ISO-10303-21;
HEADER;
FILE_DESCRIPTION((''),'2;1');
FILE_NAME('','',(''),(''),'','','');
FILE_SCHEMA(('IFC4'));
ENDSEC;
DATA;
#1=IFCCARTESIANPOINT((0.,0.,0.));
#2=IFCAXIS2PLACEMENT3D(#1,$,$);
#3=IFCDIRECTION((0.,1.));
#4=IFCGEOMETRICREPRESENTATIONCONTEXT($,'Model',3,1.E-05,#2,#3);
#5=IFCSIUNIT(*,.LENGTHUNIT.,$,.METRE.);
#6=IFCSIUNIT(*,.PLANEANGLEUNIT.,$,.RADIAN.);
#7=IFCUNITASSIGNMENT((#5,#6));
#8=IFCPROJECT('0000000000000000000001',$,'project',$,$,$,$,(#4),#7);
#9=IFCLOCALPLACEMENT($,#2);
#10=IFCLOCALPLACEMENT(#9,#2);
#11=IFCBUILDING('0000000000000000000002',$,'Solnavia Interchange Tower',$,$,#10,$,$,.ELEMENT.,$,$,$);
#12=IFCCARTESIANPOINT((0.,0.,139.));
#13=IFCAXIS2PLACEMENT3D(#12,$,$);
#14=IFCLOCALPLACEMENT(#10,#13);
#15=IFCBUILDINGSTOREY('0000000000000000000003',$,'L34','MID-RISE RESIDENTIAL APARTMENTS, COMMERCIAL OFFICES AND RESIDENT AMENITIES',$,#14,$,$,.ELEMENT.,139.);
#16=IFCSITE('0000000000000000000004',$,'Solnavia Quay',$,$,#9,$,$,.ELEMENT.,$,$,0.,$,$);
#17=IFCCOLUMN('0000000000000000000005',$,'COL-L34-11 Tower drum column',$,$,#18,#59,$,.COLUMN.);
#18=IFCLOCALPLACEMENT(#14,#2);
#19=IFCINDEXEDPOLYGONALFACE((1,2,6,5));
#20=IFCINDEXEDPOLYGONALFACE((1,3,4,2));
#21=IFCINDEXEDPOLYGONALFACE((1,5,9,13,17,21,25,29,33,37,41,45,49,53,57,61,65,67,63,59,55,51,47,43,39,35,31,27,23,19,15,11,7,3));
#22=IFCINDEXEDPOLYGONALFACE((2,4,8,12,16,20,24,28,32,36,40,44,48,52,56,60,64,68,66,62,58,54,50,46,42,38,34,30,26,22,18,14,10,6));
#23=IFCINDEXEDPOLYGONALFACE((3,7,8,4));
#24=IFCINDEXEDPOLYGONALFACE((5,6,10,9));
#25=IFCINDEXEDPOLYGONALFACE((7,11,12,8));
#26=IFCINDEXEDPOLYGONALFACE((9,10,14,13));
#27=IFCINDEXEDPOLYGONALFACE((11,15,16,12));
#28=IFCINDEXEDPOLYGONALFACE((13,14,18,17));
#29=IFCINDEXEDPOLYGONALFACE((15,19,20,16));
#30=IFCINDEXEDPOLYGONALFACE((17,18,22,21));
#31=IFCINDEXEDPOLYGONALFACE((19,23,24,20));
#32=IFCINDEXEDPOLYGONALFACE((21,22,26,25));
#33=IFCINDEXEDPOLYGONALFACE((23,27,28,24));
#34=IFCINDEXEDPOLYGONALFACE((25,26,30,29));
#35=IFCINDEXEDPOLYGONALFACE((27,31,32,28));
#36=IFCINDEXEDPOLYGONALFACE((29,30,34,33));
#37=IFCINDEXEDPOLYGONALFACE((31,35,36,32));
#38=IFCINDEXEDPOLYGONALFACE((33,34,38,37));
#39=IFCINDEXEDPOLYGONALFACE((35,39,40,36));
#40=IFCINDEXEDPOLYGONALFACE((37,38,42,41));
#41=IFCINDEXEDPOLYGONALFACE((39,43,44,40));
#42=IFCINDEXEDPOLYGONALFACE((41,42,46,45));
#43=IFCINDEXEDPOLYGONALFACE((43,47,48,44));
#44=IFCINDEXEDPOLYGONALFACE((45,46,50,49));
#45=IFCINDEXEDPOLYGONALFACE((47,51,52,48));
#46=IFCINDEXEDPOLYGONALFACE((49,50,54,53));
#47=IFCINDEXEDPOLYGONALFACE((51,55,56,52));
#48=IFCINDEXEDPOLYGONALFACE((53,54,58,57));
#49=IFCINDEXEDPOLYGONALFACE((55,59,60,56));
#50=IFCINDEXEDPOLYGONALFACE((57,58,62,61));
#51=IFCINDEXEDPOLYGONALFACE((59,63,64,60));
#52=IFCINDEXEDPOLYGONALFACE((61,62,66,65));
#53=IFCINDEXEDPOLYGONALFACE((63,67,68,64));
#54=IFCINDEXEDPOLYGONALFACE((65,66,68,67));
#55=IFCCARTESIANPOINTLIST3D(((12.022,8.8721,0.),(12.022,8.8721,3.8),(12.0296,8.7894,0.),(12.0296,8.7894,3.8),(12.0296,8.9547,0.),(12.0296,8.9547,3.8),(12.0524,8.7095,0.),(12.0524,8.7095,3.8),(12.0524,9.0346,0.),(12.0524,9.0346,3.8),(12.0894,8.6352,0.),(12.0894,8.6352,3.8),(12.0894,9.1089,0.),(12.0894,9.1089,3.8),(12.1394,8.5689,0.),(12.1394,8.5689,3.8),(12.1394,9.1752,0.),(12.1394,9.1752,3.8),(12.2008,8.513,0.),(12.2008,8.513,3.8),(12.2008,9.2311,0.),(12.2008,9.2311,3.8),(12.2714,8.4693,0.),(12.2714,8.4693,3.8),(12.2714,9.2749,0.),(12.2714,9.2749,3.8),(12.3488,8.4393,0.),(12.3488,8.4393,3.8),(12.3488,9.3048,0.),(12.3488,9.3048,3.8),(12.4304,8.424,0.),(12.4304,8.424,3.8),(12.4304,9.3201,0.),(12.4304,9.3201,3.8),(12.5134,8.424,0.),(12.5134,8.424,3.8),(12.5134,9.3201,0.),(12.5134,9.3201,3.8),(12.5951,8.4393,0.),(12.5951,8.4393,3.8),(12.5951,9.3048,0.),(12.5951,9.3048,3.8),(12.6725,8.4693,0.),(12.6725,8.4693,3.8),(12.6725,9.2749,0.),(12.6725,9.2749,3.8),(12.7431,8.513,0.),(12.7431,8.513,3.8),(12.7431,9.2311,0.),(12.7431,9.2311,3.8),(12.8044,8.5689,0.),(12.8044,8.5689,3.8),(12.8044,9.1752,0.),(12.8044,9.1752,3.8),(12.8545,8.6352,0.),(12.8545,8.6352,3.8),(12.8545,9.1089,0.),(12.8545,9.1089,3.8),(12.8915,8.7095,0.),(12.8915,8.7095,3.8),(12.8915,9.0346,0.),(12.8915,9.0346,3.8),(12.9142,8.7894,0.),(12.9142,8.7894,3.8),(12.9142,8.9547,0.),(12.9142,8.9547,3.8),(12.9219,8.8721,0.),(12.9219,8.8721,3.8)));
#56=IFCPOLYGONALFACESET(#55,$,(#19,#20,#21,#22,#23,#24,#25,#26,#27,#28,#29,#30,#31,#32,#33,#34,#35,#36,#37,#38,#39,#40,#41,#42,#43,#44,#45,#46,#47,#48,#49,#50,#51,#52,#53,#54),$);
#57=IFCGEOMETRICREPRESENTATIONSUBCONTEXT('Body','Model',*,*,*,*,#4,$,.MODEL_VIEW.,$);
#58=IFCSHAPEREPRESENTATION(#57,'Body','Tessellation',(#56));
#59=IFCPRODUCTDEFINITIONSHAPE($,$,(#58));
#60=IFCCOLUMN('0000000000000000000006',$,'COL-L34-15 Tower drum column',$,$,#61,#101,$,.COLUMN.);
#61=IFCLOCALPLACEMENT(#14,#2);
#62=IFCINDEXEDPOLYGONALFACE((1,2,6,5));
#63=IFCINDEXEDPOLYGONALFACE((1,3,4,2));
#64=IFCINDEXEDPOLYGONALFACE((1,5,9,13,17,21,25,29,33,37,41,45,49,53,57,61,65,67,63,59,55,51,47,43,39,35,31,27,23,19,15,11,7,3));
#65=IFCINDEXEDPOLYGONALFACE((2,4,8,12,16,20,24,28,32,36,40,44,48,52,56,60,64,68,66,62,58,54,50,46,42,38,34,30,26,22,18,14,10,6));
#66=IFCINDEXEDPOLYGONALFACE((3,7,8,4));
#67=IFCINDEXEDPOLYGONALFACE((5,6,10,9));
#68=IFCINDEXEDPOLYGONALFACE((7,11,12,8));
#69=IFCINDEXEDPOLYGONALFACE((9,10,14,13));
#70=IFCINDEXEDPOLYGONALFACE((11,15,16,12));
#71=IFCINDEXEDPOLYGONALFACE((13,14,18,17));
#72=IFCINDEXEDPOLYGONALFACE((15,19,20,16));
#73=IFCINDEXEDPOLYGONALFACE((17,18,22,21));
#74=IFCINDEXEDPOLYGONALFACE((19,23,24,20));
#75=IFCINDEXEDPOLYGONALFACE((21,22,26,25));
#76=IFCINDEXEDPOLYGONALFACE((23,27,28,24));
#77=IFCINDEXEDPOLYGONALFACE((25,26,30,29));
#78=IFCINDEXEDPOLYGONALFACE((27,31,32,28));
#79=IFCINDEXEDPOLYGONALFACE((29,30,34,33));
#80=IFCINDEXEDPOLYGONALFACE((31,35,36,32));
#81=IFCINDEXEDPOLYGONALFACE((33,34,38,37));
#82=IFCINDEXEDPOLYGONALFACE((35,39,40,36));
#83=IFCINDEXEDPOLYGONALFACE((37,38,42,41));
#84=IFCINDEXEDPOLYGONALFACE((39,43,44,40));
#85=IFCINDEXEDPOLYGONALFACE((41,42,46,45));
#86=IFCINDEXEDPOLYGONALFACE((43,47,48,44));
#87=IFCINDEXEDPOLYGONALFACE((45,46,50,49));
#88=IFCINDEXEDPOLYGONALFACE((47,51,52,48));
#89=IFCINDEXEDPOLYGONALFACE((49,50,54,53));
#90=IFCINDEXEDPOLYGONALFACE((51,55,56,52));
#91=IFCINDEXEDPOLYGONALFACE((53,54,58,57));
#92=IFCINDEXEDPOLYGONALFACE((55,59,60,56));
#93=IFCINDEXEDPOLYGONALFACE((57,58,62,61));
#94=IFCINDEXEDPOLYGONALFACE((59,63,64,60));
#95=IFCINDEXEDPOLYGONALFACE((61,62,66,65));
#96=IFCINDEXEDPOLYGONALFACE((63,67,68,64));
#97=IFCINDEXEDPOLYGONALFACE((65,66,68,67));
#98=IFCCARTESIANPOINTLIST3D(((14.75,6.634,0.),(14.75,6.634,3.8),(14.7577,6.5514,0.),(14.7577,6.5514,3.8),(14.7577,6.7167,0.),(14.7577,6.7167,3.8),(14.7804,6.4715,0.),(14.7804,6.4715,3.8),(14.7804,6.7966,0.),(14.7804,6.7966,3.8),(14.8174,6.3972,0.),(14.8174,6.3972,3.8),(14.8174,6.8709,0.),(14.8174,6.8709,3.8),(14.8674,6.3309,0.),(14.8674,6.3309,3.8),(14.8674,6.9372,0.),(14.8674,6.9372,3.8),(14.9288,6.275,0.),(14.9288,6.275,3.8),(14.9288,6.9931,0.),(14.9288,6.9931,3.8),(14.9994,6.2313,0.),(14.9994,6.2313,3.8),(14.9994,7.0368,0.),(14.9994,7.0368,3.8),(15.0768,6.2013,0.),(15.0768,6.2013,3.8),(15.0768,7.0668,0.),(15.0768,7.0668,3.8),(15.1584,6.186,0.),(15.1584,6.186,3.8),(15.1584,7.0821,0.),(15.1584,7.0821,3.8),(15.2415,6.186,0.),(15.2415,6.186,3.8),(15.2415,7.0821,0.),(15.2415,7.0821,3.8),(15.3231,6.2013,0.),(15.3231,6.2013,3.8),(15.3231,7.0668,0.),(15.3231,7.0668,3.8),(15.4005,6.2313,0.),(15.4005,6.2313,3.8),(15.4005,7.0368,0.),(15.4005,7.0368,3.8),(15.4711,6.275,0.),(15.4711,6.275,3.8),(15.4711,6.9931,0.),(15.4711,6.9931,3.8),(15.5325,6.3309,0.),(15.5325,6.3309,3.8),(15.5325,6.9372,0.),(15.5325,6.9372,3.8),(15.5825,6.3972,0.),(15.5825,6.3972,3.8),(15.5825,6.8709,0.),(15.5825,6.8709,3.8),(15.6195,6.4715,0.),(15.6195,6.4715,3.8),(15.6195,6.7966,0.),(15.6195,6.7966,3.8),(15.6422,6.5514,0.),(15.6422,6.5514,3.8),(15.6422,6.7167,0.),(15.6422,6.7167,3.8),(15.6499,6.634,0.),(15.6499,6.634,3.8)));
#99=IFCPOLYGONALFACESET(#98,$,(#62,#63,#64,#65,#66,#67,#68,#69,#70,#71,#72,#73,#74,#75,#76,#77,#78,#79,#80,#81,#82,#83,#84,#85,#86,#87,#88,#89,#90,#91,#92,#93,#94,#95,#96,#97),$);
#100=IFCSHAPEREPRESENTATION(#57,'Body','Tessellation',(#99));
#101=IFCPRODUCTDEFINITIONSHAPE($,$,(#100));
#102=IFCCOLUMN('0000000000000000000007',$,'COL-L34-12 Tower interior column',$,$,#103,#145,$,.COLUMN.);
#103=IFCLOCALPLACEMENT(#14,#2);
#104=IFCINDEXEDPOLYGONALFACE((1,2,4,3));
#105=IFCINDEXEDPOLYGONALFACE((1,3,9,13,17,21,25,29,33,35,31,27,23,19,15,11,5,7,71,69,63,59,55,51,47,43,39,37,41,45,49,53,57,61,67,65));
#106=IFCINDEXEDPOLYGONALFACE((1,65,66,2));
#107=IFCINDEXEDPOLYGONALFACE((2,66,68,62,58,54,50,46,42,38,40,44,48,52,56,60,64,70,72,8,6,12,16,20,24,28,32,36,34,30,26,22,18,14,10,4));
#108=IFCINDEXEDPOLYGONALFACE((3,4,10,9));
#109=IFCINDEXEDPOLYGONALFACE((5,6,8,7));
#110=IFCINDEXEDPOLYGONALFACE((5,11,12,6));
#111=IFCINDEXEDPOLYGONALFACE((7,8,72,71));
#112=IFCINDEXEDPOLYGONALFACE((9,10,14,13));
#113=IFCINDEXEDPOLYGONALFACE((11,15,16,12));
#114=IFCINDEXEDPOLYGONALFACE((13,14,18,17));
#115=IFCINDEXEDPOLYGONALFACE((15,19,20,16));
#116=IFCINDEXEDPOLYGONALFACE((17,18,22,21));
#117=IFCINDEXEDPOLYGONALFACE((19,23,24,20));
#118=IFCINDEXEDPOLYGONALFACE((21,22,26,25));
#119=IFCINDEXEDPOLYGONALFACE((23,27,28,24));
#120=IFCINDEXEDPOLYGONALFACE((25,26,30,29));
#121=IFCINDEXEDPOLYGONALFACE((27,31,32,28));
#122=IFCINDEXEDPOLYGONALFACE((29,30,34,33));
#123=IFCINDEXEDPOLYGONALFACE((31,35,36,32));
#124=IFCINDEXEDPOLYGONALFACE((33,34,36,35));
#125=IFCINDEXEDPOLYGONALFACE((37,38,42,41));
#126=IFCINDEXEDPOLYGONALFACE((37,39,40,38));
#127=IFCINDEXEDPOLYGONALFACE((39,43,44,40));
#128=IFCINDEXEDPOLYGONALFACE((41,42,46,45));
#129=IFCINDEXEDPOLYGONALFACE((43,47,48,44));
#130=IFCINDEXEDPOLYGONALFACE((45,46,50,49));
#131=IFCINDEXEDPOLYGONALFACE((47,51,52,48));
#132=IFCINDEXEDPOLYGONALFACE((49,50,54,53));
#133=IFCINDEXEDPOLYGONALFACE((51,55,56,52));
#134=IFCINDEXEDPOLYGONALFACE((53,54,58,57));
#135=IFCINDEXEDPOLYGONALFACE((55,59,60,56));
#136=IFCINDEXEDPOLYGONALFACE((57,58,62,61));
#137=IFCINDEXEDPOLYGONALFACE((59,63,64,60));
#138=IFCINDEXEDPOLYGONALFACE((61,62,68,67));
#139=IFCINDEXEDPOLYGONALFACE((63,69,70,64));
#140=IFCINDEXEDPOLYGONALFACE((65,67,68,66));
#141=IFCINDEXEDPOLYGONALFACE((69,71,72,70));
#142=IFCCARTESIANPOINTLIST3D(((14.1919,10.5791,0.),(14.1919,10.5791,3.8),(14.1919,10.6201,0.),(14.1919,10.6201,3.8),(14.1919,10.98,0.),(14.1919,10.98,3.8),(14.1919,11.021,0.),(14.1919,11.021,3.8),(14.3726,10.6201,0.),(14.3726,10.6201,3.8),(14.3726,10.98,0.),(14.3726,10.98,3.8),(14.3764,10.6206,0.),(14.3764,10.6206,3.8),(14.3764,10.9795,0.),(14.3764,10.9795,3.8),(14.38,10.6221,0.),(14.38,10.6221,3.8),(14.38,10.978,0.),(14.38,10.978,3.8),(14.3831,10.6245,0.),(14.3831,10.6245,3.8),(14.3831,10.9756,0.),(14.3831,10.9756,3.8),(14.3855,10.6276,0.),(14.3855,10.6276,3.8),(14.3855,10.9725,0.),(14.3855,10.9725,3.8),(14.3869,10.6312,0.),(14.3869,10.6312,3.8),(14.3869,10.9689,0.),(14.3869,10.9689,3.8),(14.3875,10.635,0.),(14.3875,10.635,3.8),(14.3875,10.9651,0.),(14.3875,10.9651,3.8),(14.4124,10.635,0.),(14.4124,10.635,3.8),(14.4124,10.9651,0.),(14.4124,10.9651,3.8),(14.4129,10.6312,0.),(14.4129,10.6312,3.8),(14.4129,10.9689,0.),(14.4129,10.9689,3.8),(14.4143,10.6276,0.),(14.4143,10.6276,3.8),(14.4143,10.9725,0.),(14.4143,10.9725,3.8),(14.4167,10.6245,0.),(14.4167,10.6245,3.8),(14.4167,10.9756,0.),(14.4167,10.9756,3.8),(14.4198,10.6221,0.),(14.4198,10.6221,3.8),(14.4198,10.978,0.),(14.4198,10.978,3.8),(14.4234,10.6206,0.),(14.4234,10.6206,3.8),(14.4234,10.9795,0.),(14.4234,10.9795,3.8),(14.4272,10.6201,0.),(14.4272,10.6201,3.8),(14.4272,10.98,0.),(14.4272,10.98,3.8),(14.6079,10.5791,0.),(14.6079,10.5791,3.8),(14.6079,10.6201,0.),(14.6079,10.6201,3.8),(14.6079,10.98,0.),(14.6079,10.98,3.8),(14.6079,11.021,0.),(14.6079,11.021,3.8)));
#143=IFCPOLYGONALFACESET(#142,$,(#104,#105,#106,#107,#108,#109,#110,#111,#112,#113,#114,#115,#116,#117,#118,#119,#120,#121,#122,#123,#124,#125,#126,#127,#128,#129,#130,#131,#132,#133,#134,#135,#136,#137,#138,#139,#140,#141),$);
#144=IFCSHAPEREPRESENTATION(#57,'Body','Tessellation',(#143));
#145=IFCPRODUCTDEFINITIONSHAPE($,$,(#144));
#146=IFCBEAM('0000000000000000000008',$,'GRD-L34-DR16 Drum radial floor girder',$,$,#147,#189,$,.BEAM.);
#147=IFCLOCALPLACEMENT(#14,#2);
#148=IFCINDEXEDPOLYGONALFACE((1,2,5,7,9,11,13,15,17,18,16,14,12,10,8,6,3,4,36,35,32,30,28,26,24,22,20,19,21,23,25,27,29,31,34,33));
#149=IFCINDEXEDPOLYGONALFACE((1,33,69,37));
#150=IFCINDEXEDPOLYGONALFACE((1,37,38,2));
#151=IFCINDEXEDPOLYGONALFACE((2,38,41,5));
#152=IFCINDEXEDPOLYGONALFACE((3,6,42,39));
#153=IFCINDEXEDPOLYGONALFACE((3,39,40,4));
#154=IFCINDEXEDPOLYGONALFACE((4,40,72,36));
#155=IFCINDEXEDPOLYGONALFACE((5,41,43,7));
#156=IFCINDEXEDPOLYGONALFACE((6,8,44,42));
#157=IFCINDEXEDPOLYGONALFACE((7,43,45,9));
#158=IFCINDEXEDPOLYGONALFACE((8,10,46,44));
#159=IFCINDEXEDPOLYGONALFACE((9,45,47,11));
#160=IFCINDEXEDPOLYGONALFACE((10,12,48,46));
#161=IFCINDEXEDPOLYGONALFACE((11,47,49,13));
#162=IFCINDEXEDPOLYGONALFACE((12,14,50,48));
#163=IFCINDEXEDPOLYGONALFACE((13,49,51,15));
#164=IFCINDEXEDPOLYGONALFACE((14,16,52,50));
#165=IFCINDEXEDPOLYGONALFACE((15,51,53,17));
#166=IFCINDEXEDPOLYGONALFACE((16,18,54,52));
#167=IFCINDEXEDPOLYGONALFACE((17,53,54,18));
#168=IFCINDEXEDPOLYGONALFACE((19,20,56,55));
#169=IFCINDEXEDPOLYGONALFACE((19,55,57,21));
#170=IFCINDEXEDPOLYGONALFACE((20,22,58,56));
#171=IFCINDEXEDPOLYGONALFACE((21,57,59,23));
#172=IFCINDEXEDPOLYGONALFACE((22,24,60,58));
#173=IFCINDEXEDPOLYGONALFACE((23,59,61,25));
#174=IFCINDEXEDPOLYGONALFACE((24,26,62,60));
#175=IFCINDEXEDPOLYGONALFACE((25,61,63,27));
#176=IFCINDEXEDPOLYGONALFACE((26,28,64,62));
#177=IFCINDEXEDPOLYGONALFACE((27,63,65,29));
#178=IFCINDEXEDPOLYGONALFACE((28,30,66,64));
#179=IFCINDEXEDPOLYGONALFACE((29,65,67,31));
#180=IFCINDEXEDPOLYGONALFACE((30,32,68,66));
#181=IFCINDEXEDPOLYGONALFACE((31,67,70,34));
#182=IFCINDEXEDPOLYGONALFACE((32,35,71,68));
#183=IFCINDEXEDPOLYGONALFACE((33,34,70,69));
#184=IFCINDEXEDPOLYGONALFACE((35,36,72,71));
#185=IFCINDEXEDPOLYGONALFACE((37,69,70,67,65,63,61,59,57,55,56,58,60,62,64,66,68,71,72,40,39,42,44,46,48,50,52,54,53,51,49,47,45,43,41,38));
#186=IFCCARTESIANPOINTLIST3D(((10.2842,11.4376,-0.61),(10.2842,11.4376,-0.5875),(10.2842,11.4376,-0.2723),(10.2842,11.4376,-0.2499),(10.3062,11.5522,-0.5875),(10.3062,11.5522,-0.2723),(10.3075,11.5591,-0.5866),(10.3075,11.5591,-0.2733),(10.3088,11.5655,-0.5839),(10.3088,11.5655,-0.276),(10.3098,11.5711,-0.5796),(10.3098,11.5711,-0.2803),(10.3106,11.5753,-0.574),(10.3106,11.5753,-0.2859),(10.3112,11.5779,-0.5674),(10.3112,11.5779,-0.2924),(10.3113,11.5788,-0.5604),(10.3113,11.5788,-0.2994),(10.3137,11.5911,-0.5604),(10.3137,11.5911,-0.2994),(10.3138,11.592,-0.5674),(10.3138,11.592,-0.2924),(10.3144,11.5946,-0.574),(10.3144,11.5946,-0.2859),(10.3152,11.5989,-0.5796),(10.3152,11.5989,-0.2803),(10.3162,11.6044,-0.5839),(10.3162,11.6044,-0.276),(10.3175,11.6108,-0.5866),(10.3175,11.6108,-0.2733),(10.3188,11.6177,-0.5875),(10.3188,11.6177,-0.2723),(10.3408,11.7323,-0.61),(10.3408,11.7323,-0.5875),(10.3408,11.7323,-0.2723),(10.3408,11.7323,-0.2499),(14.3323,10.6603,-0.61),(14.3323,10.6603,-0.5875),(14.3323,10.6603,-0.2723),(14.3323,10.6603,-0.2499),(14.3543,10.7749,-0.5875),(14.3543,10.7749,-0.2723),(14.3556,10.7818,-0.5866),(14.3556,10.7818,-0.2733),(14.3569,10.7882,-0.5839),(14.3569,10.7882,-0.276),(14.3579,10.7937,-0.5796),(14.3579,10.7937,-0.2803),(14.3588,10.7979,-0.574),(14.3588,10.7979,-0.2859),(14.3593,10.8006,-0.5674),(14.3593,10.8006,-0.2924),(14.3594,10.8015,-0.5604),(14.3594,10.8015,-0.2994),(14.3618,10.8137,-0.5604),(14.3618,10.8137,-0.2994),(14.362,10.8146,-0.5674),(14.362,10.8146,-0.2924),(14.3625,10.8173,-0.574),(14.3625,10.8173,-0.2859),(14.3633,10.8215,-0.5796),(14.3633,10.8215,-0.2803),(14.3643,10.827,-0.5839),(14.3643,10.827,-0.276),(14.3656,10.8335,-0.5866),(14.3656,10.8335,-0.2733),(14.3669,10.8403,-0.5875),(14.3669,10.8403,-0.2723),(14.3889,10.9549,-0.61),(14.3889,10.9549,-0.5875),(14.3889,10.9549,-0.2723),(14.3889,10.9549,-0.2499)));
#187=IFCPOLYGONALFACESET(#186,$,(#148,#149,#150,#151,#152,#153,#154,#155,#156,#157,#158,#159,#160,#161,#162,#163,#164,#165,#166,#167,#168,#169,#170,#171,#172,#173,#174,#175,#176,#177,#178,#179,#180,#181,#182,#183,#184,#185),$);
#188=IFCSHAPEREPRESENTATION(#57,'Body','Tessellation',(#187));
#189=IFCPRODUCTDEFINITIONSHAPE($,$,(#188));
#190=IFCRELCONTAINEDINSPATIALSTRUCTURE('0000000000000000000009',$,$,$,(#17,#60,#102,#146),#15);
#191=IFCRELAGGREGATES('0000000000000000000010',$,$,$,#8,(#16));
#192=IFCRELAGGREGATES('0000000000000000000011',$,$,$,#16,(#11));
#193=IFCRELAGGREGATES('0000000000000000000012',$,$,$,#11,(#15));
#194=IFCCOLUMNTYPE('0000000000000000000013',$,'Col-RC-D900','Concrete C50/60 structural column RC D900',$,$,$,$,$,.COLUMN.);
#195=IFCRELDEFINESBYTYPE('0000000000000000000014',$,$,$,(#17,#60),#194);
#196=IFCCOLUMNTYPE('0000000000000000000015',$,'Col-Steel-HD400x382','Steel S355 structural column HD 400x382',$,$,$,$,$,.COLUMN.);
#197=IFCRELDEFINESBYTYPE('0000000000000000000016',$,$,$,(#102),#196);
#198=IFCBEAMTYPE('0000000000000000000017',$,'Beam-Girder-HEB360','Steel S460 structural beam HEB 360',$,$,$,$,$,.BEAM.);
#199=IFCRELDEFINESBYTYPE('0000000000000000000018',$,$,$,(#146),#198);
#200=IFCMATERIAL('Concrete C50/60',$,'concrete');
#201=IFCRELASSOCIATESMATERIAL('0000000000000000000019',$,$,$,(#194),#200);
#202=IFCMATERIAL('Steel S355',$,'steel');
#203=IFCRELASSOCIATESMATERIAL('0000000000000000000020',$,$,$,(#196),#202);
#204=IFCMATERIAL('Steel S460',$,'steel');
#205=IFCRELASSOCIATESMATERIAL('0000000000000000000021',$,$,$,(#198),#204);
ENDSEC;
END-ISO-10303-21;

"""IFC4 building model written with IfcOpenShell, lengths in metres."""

from ifc_helpers import new_model, si_unit, direction, frame, origin, origin_2d, place, context, subcontext, project, spatial, circle, i_section, extrude, material, material_profile, profile_set, type_object, element, save


model = new_model("IFC4")

# Units and contexts
model_context = context("Model", 3, precision=1e-05, world=origin(), true_north=direction((0.0, 1.0)))
body_context = subcontext(model_context, "Body", "Model", "MODEL_VIEW")
ifc_project = project(units=[si_unit("LENGTHUNIT", "METRE"), si_unit("PLANEANGLEUNIT", "RADIAN")], contexts=[model_context])

# Site, building, storey
site_placement = place(None, origin())
site = spatial("IfcSite", under=ifc_project, at=site_placement, Name="Solnavia Quay", CompositionType="ELEMENT", RefElevation=0.0)
building_placement = place(site_placement, origin())
building = spatial("IfcBuilding", under=site, at=building_placement, Name="Solnavia Interchange Tower", CompositionType="ELEMENT")
storey_placement = place(building_placement, frame((0.0, 0.0, 139.0)))
storey = spatial("IfcBuildingStorey", under=building, at=storey_placement, Name="L34", Description="MID-RISE RESIDENTIAL APARTMENTS, COMMERCIAL OFFICES AND RESIDENT AMENITIES", CompositionType="ELEMENT", Elevation=139.0)

# Columns
ifc_material_1 = material(Name="Concrete C50/60", Category="concrete")
ifc_material_profile_1 = material_profile(ifc_material_1, circle(Radius=0.45, at=origin_2d()), Name="RC D900")
ifc_profile_set_1 = profile_set([ifc_material_profile_1], Name="Concrete C50/60")
column_type_1 = type_object("IfcColumnType", Name="Col-RC-D900", Description="Concrete C50/60 structural column RC D900", PredefinedType="COLUMN", material=ifc_profile_set_1)
for number, where, z_axis, x_axis, name in (
    (1, (12.4719, 8.8721, 0.0), (0.0, 0.0, 1.0), (1.0, 0.0, 0.0), "COL-L34-11 Tower drum column"),
    (2, (15.2, 6.634, 0.0), (0.0, 0.0, 1.0), (1.0, 0.0, 0.0), "COL-L34-15 Tower drum column"),
):
    element("IfcColumn", number, at=place(storey_placement, frame(where, z_axis=z_axis, x_axis=x_axis)), inside=storey, type_object=column_type_1, Name=name, PredefinedType="COLUMN", context=body_context, shape_type="SweptSolid", body=[
        extrude(circle(Radius=0.45, at=origin_2d()), origin(), (0.0, 0.0, 1.0), 3.8),
    ])
ifc_material_2 = material(Name="Steel S355", Category="steel")
ifc_material_profile_2 = material_profile(ifc_material_2, i_section(OverallWidth=0.416, OverallDepth=0.4419, WebThickness=0.0249, FlangeThickness=0.041, FilletRadius=0.0149, at=origin_2d()), Name="HD 400x382")
ifc_profile_set_2 = profile_set([ifc_material_profile_2], Name="Steel S355")
column_type_2 = type_object("IfcColumnType", Name="Col-Steel-HD400x382", Description="Steel S355 structural column HD 400x382", PredefinedType="COLUMN", material=ifc_profile_set_2)
column_placement = place(storey_placement, frame((14.3999, 10.8, 0.0), z_axis=(0.0, 0.0, 1.0), x_axis=(1.0, 0.0, 0.0)))
element("IfcColumn", 3, at=column_placement, inside=storey, type_object=column_type_2, Name="COL-L34-12 Tower interior column", PredefinedType="COLUMN", context=body_context, shape_type="SweptSolid", body=[
    extrude(i_section(OverallWidth=0.416, OverallDepth=0.4419, WebThickness=0.0249, FlangeThickness=0.041, FilletRadius=0.0149, at=origin_2d()), origin(), (0.0, 0.0, 1.0), 3.8),
])

# Beam
ifc_material_3 = material(Name="Steel S460", Category="steel")
ifc_material_profile_3 = material_profile(ifc_material_3, i_section(OverallWidth=0.3, OverallDepth=0.3601, WebThickness=0.0125, FlangeThickness=0.0225, FilletRadius=0.0271, at=origin_2d()), Name="HEB 360")
ifc_profile_set_3 = profile_set([ifc_material_profile_3], Name="Steel S460")
beam_type_1 = type_object("IfcBeamType", Name="Beam-Girder-HEB360", Description="Steel S460 structural beam HEB 360", PredefinedType="BEAM", material=ifc_profile_set_3)
beam_1_placement = place(storey_placement, frame((10.3125, 11.585, -0.4299), z_axis=(0.982058, -0.188582, 0.0), x_axis=(0.188582, 0.982058, 0.0)))
element("IfcBeam", 4, at=beam_1_placement, inside=storey, type_object=beam_type_1, Name="GRD-L34-DR16 Drum radial floor girder", PredefinedType="BEAM", context=body_context, shape_type="SweptSolid", body=[
    extrude(i_section(OverallWidth=0.3, OverallDepth=0.3601, WebThickness=0.0125, FlangeThickness=0.0225, FilletRadius=0.0271, at=origin_2d()), origin(), (0.0, 0.0, 1.0), 4.1221),
])

save(model, "model.ifc")
